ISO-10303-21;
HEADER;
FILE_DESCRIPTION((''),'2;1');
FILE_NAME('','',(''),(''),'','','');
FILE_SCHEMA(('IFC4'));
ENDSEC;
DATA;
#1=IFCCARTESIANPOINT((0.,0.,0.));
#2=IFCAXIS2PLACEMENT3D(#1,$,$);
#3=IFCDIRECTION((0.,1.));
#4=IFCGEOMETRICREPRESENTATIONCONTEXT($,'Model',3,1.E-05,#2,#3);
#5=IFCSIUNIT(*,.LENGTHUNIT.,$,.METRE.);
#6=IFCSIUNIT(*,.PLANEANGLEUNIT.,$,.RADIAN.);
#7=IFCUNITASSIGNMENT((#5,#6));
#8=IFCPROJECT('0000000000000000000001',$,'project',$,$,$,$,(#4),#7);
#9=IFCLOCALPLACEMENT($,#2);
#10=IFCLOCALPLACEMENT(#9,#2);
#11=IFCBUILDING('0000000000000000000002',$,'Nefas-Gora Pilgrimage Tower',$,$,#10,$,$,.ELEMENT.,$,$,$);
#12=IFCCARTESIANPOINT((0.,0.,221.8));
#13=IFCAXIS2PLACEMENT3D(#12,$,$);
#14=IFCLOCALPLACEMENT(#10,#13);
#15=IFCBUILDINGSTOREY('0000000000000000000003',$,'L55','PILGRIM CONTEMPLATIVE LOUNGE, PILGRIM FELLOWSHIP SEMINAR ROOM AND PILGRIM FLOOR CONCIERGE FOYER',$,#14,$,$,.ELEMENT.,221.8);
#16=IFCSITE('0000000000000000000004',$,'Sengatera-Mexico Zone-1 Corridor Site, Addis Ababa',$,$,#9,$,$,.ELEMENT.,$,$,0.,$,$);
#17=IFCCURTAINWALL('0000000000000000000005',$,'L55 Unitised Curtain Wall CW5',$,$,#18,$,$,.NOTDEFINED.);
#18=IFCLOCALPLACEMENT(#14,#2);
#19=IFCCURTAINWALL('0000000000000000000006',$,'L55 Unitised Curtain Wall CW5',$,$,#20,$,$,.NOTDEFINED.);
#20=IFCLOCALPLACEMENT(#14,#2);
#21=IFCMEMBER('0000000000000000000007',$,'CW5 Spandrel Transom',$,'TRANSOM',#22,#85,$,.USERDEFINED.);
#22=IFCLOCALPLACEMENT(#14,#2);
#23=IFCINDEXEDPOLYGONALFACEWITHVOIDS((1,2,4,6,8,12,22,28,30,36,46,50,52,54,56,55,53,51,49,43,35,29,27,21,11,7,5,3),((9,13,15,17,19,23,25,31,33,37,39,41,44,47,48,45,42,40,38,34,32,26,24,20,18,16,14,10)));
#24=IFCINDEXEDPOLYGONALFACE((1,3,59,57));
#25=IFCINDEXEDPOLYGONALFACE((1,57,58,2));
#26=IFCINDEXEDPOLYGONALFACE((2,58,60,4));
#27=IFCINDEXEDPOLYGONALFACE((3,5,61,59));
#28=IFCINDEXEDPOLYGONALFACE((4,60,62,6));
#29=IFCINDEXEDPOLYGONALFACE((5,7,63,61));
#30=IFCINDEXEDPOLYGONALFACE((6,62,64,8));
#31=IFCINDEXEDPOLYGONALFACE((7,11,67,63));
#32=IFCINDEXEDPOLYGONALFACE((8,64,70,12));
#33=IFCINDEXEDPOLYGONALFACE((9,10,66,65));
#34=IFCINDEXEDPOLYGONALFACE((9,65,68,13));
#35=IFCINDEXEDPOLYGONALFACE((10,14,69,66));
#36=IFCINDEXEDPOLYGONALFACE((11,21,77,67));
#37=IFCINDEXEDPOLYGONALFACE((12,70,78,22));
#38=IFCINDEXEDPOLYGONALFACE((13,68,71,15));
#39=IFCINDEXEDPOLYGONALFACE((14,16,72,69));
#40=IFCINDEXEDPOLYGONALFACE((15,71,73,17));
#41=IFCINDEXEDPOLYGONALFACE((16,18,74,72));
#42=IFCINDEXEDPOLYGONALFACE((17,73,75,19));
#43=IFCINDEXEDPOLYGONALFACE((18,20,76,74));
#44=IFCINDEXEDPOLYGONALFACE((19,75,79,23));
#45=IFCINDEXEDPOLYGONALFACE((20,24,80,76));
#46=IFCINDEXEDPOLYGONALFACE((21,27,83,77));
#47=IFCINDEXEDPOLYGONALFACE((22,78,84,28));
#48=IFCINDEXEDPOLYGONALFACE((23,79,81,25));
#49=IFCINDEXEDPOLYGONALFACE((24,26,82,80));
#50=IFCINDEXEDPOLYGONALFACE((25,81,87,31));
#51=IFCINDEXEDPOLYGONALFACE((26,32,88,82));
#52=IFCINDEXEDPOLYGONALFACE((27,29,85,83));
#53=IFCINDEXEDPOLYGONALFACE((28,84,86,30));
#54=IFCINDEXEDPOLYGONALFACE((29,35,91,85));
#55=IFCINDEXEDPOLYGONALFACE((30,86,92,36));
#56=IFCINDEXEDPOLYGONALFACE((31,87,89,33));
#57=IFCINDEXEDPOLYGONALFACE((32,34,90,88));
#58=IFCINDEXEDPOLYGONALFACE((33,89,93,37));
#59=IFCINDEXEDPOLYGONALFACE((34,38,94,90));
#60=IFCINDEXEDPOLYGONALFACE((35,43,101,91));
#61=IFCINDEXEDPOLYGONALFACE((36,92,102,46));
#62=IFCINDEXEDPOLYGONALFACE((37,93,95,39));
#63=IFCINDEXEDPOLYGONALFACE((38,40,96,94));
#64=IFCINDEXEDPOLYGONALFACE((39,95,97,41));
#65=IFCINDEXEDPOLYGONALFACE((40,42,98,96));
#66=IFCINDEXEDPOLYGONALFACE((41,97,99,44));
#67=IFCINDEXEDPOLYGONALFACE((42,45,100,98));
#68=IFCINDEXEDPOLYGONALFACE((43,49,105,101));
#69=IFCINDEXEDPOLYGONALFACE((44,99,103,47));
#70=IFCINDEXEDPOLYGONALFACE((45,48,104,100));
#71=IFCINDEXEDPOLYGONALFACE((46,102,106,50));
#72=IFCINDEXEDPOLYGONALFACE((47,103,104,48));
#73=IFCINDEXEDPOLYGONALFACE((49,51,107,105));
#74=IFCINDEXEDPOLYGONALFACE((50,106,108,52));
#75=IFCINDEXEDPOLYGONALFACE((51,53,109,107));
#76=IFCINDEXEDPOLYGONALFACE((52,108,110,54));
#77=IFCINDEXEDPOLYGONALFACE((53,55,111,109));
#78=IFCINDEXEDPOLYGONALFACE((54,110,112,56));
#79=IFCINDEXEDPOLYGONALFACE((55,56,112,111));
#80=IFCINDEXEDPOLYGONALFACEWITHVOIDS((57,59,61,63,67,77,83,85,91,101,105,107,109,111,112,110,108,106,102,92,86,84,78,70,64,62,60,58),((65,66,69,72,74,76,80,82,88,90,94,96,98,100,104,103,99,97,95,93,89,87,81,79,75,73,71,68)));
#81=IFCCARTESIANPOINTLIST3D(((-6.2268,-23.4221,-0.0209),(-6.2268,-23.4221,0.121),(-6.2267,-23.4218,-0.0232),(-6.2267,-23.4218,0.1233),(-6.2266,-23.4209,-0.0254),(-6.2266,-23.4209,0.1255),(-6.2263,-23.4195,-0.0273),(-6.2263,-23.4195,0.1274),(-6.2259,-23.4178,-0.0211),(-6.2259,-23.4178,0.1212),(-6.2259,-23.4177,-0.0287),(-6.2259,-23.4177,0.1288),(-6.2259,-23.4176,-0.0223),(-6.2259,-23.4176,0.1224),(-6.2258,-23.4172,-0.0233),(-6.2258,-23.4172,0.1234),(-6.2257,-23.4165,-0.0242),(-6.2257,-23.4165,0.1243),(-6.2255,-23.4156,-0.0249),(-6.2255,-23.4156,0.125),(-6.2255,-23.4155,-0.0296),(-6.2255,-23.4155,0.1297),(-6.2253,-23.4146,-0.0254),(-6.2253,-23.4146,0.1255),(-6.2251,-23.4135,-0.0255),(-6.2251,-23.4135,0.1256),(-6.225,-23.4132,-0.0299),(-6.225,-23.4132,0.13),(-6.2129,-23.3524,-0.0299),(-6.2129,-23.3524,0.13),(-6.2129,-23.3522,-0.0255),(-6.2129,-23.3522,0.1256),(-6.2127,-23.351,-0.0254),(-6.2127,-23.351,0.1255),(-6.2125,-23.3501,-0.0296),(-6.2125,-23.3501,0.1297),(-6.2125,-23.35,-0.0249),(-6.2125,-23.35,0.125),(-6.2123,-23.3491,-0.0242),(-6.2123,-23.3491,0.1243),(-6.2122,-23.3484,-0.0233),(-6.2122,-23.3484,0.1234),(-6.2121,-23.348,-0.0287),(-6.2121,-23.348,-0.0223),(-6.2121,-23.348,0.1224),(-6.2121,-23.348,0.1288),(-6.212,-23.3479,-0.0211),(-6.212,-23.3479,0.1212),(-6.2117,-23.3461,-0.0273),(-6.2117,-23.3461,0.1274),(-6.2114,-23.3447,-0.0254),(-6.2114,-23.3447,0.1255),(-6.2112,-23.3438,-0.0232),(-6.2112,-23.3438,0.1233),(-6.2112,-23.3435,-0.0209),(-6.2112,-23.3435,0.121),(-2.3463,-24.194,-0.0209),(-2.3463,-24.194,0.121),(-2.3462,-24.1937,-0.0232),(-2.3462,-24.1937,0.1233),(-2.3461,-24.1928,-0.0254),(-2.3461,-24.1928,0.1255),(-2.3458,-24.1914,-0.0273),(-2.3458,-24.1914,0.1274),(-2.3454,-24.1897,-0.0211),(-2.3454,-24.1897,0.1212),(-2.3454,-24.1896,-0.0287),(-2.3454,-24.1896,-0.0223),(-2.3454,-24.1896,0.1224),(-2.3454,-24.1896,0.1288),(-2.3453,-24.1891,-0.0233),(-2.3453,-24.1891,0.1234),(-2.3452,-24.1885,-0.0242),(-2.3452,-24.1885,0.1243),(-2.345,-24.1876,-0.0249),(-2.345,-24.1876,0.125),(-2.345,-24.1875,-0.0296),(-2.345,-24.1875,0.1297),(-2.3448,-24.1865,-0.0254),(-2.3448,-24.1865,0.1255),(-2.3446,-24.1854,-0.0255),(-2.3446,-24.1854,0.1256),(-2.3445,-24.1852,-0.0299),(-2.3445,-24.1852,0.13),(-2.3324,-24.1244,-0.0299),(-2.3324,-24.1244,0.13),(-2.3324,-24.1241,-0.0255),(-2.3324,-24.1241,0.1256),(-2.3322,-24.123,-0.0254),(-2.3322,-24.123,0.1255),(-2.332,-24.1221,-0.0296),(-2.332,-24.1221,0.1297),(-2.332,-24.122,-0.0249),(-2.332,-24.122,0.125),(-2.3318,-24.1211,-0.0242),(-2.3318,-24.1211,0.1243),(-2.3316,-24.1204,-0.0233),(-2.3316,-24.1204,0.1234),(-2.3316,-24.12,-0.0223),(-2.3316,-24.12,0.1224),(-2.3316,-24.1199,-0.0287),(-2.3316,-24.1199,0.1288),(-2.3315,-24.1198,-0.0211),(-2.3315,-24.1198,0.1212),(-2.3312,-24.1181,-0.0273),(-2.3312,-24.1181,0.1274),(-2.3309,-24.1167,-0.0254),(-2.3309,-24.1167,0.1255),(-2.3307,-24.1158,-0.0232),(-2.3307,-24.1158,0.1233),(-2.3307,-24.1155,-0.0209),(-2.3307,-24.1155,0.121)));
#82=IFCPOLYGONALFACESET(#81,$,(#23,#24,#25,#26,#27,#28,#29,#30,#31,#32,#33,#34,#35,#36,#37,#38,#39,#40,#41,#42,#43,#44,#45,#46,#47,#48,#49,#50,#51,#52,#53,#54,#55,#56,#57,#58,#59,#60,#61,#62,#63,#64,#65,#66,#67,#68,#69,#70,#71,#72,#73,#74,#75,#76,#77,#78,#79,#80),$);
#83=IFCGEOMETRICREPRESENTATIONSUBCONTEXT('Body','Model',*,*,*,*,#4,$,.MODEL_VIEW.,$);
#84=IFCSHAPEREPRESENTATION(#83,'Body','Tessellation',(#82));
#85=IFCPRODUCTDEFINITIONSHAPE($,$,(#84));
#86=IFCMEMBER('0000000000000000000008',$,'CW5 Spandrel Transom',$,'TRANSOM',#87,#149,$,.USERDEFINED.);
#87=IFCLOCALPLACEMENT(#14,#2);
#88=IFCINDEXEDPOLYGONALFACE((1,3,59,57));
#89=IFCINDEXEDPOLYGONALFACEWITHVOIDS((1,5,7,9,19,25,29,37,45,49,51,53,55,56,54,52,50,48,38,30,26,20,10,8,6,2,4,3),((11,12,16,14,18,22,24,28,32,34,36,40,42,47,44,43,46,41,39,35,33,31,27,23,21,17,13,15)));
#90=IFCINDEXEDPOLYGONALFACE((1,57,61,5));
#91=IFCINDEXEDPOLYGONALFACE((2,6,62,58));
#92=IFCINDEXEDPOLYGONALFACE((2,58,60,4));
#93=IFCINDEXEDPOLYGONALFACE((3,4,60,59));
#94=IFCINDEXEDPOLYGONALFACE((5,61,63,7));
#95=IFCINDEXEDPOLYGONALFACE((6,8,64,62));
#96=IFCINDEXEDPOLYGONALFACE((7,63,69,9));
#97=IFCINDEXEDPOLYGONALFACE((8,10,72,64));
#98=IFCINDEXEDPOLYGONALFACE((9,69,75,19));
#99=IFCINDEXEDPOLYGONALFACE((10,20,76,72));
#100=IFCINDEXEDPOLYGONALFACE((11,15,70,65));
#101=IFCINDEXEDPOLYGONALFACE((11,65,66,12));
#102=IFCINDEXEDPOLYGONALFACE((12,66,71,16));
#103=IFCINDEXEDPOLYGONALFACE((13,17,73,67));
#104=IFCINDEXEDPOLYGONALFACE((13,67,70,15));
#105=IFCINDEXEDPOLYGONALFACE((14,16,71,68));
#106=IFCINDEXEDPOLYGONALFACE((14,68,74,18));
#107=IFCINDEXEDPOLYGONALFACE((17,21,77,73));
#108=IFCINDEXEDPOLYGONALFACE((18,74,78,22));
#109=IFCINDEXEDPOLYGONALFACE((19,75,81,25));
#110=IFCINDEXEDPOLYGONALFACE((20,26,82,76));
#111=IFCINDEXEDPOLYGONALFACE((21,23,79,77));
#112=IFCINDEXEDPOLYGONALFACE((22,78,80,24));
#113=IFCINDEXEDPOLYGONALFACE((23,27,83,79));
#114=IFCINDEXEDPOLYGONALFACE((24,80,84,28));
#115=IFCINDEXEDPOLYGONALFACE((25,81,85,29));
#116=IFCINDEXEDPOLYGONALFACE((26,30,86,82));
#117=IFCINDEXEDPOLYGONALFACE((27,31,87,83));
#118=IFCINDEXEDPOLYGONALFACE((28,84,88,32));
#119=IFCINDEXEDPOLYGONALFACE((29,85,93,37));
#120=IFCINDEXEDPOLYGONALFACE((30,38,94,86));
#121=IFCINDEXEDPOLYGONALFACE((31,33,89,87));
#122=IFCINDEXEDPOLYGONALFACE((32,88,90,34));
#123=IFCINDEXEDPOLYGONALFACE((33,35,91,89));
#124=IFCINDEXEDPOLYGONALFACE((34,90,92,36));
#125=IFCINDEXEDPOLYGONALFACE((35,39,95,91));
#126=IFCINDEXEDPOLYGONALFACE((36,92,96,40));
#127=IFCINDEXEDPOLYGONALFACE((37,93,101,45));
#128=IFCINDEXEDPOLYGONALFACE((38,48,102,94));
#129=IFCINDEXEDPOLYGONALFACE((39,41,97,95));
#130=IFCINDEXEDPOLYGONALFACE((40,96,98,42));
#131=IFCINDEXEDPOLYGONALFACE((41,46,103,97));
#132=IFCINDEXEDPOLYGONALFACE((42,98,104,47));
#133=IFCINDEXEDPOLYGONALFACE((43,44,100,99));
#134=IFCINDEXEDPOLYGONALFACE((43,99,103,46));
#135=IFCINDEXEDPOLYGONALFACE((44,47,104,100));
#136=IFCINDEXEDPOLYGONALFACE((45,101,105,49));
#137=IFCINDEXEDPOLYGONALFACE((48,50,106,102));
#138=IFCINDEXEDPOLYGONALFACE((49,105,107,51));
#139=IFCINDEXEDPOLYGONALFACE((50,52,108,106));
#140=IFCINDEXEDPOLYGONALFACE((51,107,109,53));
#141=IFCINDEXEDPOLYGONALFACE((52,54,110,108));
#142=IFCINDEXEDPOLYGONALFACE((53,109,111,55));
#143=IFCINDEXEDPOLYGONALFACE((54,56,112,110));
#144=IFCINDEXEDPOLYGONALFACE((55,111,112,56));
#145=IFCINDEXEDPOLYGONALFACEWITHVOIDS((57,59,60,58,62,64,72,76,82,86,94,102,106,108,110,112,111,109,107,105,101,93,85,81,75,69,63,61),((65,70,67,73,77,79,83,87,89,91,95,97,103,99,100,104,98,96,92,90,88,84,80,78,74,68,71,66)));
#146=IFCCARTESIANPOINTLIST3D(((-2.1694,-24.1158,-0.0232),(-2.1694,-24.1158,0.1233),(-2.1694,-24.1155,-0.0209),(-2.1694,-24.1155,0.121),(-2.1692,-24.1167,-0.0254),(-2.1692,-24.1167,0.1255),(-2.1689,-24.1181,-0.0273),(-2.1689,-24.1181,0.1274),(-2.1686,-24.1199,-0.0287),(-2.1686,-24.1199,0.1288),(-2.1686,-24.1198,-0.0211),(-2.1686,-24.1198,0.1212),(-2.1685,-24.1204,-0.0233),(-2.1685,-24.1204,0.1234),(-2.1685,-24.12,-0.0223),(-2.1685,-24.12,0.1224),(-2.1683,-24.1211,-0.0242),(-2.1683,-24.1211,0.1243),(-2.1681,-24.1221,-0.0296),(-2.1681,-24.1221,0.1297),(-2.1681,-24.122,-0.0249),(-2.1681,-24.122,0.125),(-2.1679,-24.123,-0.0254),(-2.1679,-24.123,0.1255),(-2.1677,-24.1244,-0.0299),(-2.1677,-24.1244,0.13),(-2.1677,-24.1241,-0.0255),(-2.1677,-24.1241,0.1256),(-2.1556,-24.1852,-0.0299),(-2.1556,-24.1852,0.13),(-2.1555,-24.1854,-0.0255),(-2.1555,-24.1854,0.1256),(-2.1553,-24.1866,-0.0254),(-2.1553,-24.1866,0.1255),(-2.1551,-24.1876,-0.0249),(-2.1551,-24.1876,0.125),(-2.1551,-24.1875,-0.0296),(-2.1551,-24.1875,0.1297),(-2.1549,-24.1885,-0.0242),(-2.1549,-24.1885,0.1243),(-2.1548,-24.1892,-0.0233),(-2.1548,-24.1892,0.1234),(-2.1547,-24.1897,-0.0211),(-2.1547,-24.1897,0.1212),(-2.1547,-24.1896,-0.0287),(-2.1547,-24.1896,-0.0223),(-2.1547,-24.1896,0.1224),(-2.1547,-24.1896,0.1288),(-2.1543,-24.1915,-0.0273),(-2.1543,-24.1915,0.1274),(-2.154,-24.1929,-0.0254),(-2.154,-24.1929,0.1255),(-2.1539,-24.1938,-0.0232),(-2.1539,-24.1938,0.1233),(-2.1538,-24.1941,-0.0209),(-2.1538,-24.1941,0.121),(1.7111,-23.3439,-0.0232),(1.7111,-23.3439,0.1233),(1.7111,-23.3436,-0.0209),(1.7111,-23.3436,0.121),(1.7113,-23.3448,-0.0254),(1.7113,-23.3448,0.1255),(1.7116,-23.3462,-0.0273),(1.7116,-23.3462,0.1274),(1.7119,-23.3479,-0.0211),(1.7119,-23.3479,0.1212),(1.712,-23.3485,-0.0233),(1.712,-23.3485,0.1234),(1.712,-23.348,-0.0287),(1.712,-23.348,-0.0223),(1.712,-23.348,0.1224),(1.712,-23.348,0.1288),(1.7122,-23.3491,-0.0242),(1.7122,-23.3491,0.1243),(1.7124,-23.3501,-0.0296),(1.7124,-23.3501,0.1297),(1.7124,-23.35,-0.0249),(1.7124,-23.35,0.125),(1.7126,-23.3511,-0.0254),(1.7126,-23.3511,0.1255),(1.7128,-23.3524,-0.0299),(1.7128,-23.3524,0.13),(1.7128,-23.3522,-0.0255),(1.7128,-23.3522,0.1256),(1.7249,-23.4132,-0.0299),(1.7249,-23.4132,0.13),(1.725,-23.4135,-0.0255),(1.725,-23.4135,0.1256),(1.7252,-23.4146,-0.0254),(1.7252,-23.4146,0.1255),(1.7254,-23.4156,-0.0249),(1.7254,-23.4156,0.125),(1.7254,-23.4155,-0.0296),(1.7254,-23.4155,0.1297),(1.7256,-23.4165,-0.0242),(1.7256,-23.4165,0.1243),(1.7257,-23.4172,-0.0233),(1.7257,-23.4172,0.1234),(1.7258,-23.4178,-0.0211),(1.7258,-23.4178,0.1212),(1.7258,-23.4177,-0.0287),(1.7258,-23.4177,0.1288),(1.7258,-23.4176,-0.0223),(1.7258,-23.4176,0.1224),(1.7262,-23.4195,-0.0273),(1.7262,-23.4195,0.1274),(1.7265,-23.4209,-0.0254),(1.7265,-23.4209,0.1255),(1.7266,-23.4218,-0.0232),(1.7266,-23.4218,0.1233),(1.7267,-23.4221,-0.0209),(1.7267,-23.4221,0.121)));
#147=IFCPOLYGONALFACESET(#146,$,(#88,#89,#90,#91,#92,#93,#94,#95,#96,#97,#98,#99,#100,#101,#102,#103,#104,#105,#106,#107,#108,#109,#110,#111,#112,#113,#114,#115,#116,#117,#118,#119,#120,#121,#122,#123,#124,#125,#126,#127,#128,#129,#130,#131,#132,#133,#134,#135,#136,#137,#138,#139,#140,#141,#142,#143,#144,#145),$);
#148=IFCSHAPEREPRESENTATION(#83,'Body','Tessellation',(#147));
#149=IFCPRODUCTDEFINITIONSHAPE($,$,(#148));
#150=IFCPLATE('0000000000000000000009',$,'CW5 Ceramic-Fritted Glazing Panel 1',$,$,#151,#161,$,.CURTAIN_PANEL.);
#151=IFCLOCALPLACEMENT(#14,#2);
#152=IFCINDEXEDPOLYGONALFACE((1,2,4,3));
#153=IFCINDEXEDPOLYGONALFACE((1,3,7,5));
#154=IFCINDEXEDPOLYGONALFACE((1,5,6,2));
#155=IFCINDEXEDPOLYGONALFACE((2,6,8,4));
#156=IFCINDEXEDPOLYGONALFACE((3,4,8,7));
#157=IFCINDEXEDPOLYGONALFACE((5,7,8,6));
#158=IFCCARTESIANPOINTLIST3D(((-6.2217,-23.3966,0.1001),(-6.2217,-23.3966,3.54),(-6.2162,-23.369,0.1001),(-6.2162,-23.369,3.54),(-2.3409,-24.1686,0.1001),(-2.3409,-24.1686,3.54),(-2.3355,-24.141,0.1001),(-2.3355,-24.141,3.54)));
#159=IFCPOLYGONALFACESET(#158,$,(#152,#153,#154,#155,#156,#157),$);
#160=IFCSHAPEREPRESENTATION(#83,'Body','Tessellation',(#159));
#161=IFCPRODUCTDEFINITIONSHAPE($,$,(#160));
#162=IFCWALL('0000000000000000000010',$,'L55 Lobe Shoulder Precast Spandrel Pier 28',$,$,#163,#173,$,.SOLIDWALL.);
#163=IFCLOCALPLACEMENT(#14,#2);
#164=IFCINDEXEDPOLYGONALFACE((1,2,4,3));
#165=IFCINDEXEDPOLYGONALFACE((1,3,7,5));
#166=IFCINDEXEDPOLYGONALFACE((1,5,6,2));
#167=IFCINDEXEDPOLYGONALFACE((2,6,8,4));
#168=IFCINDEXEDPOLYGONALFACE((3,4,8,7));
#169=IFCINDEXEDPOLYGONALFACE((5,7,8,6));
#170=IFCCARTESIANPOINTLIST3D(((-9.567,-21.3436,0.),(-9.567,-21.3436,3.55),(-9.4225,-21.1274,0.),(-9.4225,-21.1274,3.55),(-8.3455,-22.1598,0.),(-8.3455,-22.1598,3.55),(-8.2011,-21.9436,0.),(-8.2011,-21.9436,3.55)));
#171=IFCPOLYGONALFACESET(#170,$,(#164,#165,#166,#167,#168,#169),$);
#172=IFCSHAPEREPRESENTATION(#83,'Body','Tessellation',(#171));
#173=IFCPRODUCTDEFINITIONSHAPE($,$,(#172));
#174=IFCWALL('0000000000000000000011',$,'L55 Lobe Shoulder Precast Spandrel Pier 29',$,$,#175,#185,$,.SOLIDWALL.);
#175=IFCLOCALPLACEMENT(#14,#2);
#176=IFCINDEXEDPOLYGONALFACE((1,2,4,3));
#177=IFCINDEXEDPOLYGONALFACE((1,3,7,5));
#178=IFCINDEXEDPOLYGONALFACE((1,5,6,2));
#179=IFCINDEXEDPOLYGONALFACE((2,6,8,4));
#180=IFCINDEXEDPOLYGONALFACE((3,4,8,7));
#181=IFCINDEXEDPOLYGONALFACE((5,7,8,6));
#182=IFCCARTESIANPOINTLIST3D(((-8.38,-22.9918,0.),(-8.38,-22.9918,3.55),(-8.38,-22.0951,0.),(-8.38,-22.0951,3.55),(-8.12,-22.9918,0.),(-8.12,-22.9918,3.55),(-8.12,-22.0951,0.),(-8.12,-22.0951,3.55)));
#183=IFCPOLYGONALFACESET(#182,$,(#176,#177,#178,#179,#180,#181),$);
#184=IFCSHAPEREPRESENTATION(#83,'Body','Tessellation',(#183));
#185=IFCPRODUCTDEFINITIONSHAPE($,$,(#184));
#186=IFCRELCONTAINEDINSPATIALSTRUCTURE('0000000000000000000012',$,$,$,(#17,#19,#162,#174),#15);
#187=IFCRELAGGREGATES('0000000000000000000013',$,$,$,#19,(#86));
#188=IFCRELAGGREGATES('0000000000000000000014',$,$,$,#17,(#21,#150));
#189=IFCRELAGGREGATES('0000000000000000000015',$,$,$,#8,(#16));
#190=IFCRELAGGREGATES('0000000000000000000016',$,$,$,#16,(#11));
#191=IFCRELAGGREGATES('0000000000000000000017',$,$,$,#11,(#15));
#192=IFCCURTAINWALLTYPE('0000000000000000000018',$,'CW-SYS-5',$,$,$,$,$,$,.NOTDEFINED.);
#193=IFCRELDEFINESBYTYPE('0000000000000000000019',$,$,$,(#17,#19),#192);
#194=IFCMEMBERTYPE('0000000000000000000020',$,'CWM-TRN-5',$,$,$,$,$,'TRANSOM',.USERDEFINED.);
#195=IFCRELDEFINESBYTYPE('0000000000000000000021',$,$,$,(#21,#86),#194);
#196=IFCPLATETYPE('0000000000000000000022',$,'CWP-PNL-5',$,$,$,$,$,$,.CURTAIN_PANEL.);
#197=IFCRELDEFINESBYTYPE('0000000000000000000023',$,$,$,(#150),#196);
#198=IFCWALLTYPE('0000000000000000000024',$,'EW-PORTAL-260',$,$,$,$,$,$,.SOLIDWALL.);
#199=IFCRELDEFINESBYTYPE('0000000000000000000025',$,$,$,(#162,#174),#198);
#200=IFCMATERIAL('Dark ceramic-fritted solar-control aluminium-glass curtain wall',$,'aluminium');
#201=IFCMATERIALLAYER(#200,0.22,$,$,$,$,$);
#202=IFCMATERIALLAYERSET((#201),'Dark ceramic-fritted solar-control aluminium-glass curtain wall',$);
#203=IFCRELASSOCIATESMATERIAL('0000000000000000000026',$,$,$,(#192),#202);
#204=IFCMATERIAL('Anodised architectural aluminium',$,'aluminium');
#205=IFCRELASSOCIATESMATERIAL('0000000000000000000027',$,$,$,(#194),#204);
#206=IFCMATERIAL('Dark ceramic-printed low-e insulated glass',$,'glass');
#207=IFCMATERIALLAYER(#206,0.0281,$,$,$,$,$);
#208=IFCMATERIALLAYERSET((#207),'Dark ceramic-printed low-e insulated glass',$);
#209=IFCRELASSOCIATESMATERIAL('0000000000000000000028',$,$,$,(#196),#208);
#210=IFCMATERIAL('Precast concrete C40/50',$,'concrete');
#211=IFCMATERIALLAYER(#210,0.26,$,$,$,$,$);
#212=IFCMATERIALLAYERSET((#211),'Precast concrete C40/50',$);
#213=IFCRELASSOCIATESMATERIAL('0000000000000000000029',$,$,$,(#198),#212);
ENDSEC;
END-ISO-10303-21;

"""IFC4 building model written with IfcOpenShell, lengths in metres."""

from ifc_helpers import new_model, si_unit, direction, frame, frame_2d, origin, origin_2d, place, context, subcontext, project, spatial, rectangle, hollow_rectangle, extrude, source, transform, mapped, material, layer, layer_set, material_profile, profile_set, type_object, element, aggregate, save


model = new_model("IFC4")

# Units and contexts
model_context = context("Model", 3, precision=1e-05, world=origin(), true_north=direction((0.0, 1.0)))
body_context = subcontext(model_context, "Body", "Model", "MODEL_VIEW")
ifc_project = project(units=[si_unit("LENGTHUNIT", "METRE"), si_unit("PLANEANGLEUNIT", "RADIAN")], contexts=[model_context])

# Site, building, storey
site_placement = place(None, origin())
site = spatial("IfcSite", under=ifc_project, at=site_placement, Name="Sengatera-Mexico Zone-1 Corridor Site, Addis Ababa", CompositionType="ELEMENT", RefElevation=0.0)
building_placement = place(site_placement, origin())
building = spatial("IfcBuilding", under=site, at=building_placement, Name="Nefas-Gora Pilgrimage Tower", CompositionType="ELEMENT")
storey_placement = place(building_placement, frame((0.0, 0.0, 221.8)))
storey = spatial("IfcBuildingStorey", under=building, at=storey_placement, Name="L55", Description="PILGRIM CONTEMPLATIVE LOUNGE, PILGRIM FELLOWSHIP SEMINAR ROOM AND PILGRIM FLOOR CONCIERGE FOYER", CompositionType="ELEMENT", Elevation=221.8)

# Shared definitions
ifc_material_1 = material(Name="Dark ceramic-fritted solar-control aluminium-glass curtain wall", Category="aluminium")
ifc_layer_1 = layer(ifc_material_1, 0.22)
ifc_layer_set_1 = layer_set([ifc_layer_1], Name="Dark ceramic-fritted solar-control aluminium-glass curtain wall")
curtain_wall_type = type_object("IfcCurtainWallType", Name="CW-SYS-5", PredefinedType="NOTDEFINED", material=ifc_layer_set_1)
ifc_material_2 = material(Name="Anodised architectural aluminium", Category="aluminium")

# Curtain wall
curtain_wall_1_placement = place(storey_placement, origin())
curtain_wall_1 = element("IfcCurtainWall", 1, at=curtain_wall_1_placement, inside=storey, type_object=curtain_wall_type, Name="L55 Unitised Curtain Wall CW5", PredefinedType="NOTDEFINED")

# Curtain wall
curtain_wall_2_placement = place(storey_placement, origin())
curtain_wall_2 = element("IfcCurtainWall", 2, at=curtain_wall_2_placement, inside=storey, type_object=curtain_wall_type, Name="L55 Unitised Curtain Wall CW5", PredefinedType="NOTDEFINED")

# Members
ifc_material_profile_1 = material_profile(ifc_material_2, hollow_rectangle(XDim=0.0801, YDim=0.1599, WallThickness=0.0044, InnerFilletRadius=0.0044, OuterFilletRadius=0.009, at=origin_2d()), Name="ALU TRANSOM 80x160")
ifc_profile_set_1 = profile_set([ifc_material_profile_1], Name="Anodised architectural aluminium")
member_type_1 = type_object("IfcMemberType", Name="CWM-TRN-5", ElementType="TRANSOM", PredefinedType="USERDEFINED", material=ifc_profile_set_1)
shared_shape_1 = source(origin(), body_context, "Body", "SweptSolid", [
    extrude(hollow_rectangle(XDim=0.0801, YDim=0.1599, WallThickness=0.0044, InnerFilletRadius=0.0044, OuterFilletRadius=0.009, at=origin_2d()), origin(), (0.0, 0.0, 1.0), 3.9565),
])
member_1_placement = place(storey_placement, frame((-6.219, -23.3828, 0.05), z_axis=(0.980782, -0.195107, 0.0), x_axis=(0.195107, 0.980782, 0.0)))
member_1 = element("IfcMember", 3, at=member_1_placement, type_object=member_type_1, Name="CW5 Spandrel Transom", ObjectType="TRANSOM", PredefinedType="USERDEFINED", context=body_context, shape_type="MappedRepresentation", body=[
    mapped(shared_shape_1, transform((0.0, 0.0, 0.0), x_axis=(1.0, 0.0, 0.0), y_axis=(0.0, 1.0, 0.0), z_axis=(0.0, 0.0, 1.0), scale=1.0)),
])
member_2_placement = place(storey_placement, frame((-2.1616, -24.1548, 0.05), z_axis=(0.980782, 0.195107, 0.0), x_axis=(-0.195107, 0.980782, 0.0)))
member_2 = element("IfcMember", 4, at=member_2_placement, type_object=member_type_1, Name="CW5 Spandrel Transom", ObjectType="TRANSOM", PredefinedType="USERDEFINED", context=body_context, shape_type="MappedRepresentation", body=[
    mapped(shared_shape_1, transform((0.0, 0.0, 0.0), x_axis=(1.0, 0.0, 0.0), y_axis=(0.0, 1.0, 0.0), z_axis=(0.0, 0.0, 1.0), scale=1.0)),
])
aggregate(curtain_wall_2, [member_2])

# Plate
ifc_material_3 = material(Name="Dark ceramic-printed low-e insulated glass", Category="glass")
ifc_layer_2 = layer(ifc_material_3, 0.0281)
ifc_layer_set_2 = layer_set([ifc_layer_2], Name="Dark ceramic-printed low-e insulated glass")
plate_type = type_object("IfcPlateType", Name="CWP-PNL-5", PredefinedType="CURTAIN_PANEL", material=ifc_layer_set_2)
shared_shape_2 = source(origin(), body_context, "Body", "SweptSolid", [
    extrude(rectangle(XDim=3.9568, YDim=0.0281, at=origin_2d()), origin(), (0.0, 0.0, 1.0), 3.4399),
])
plate_placement = place(storey_placement, frame((-4.2786, -23.7688, 0.1001), z_axis=(0.0, 0.0, 1.0), x_axis=(0.980783, -0.195102, 0.0)))
plate = element("IfcPlate", 5, at=plate_placement, type_object=plate_type, Name="CW5 Ceramic-Fritted Glazing Panel 1", PredefinedType="CURTAIN_PANEL", context=body_context, shape_type="MappedRepresentation", body=[
    mapped(shared_shape_2, transform((0.0, 0.0, 0.0), x_axis=(1.0, 0.0, 0.0), y_axis=(0.0, 1.0, 0.0), z_axis=(0.0, 0.0, 1.0), scale=1.0)),
])
aggregate(curtain_wall_1, [member_1, plate])

# Walls
ifc_material_4 = material(Name="Precast concrete C40/50", Category="concrete")
ifc_layer_3 = layer(ifc_material_4, 0.26)
ifc_layer_set_3 = layer_set([ifc_layer_3], Name="Precast concrete C40/50")
wall_type_1 = type_object("IfcWallType", Name="EW-PORTAL-260", PredefinedType="SOLIDWALL", material=ifc_layer_set_3)
shared_shape_3 = source(origin(), body_context, "Body", "SweptSolid", [
    extrude(rectangle(XDim=1.469, YDim=0.26, at=frame_2d((0.7344, 0.0))), origin(), (0.0, 0.0, 1.0), 3.55),
])
wall_1_placement = place(storey_placement, frame((-9.4946, -21.2356, 0.0), z_axis=(0.0, 0.0, 1.0), x_axis=(0.831462, -0.555582, 0.0)))
element("IfcWall", 6, at=wall_1_placement, inside=storey, type_object=wall_type_1, Name="L55 Lobe Shoulder Precast Spandrel Pier 28", PredefinedType="SOLIDWALL", context=body_context, shape_type="MappedRepresentation", body=[
    mapped(shared_shape_3, transform((0.0, 0.0, 0.0), x_axis=(1.0, 0.0, 0.0), y_axis=(0.0, 1.0, 0.0), z_axis=(0.0, 0.0, 1.0), scale=1.0)),
])
shared_shape_4 = source(origin(), body_context, "Body", "SweptSolid", [
    extrude(rectangle(XDim=0.8967, YDim=0.26, at=frame_2d((0.4482, 0.0))), origin(), (0.0, 0.0, 1.0), 3.55),
])
wall_2_placement = place(storey_placement, frame((-8.25, -22.0952, 0.0), z_axis=(0.0, 0.0, 1.0), x_axis=(0.0, -1.0, 0.0)))
element("IfcWall", 7, at=wall_2_placement, inside=storey, type_object=wall_type_1, Name="L55 Lobe Shoulder Precast Spandrel Pier 29", PredefinedType="SOLIDWALL", context=body_context, shape_type="MappedRepresentation", body=[
    mapped(shared_shape_4, transform((0.0, 0.0, 0.0), x_axis=(1.0, 0.0, 0.0), y_axis=(0.0, 1.0, 0.0), z_axis=(0.0, 0.0, 1.0), scale=1.0)),
])

save(model, "model.ifc")
